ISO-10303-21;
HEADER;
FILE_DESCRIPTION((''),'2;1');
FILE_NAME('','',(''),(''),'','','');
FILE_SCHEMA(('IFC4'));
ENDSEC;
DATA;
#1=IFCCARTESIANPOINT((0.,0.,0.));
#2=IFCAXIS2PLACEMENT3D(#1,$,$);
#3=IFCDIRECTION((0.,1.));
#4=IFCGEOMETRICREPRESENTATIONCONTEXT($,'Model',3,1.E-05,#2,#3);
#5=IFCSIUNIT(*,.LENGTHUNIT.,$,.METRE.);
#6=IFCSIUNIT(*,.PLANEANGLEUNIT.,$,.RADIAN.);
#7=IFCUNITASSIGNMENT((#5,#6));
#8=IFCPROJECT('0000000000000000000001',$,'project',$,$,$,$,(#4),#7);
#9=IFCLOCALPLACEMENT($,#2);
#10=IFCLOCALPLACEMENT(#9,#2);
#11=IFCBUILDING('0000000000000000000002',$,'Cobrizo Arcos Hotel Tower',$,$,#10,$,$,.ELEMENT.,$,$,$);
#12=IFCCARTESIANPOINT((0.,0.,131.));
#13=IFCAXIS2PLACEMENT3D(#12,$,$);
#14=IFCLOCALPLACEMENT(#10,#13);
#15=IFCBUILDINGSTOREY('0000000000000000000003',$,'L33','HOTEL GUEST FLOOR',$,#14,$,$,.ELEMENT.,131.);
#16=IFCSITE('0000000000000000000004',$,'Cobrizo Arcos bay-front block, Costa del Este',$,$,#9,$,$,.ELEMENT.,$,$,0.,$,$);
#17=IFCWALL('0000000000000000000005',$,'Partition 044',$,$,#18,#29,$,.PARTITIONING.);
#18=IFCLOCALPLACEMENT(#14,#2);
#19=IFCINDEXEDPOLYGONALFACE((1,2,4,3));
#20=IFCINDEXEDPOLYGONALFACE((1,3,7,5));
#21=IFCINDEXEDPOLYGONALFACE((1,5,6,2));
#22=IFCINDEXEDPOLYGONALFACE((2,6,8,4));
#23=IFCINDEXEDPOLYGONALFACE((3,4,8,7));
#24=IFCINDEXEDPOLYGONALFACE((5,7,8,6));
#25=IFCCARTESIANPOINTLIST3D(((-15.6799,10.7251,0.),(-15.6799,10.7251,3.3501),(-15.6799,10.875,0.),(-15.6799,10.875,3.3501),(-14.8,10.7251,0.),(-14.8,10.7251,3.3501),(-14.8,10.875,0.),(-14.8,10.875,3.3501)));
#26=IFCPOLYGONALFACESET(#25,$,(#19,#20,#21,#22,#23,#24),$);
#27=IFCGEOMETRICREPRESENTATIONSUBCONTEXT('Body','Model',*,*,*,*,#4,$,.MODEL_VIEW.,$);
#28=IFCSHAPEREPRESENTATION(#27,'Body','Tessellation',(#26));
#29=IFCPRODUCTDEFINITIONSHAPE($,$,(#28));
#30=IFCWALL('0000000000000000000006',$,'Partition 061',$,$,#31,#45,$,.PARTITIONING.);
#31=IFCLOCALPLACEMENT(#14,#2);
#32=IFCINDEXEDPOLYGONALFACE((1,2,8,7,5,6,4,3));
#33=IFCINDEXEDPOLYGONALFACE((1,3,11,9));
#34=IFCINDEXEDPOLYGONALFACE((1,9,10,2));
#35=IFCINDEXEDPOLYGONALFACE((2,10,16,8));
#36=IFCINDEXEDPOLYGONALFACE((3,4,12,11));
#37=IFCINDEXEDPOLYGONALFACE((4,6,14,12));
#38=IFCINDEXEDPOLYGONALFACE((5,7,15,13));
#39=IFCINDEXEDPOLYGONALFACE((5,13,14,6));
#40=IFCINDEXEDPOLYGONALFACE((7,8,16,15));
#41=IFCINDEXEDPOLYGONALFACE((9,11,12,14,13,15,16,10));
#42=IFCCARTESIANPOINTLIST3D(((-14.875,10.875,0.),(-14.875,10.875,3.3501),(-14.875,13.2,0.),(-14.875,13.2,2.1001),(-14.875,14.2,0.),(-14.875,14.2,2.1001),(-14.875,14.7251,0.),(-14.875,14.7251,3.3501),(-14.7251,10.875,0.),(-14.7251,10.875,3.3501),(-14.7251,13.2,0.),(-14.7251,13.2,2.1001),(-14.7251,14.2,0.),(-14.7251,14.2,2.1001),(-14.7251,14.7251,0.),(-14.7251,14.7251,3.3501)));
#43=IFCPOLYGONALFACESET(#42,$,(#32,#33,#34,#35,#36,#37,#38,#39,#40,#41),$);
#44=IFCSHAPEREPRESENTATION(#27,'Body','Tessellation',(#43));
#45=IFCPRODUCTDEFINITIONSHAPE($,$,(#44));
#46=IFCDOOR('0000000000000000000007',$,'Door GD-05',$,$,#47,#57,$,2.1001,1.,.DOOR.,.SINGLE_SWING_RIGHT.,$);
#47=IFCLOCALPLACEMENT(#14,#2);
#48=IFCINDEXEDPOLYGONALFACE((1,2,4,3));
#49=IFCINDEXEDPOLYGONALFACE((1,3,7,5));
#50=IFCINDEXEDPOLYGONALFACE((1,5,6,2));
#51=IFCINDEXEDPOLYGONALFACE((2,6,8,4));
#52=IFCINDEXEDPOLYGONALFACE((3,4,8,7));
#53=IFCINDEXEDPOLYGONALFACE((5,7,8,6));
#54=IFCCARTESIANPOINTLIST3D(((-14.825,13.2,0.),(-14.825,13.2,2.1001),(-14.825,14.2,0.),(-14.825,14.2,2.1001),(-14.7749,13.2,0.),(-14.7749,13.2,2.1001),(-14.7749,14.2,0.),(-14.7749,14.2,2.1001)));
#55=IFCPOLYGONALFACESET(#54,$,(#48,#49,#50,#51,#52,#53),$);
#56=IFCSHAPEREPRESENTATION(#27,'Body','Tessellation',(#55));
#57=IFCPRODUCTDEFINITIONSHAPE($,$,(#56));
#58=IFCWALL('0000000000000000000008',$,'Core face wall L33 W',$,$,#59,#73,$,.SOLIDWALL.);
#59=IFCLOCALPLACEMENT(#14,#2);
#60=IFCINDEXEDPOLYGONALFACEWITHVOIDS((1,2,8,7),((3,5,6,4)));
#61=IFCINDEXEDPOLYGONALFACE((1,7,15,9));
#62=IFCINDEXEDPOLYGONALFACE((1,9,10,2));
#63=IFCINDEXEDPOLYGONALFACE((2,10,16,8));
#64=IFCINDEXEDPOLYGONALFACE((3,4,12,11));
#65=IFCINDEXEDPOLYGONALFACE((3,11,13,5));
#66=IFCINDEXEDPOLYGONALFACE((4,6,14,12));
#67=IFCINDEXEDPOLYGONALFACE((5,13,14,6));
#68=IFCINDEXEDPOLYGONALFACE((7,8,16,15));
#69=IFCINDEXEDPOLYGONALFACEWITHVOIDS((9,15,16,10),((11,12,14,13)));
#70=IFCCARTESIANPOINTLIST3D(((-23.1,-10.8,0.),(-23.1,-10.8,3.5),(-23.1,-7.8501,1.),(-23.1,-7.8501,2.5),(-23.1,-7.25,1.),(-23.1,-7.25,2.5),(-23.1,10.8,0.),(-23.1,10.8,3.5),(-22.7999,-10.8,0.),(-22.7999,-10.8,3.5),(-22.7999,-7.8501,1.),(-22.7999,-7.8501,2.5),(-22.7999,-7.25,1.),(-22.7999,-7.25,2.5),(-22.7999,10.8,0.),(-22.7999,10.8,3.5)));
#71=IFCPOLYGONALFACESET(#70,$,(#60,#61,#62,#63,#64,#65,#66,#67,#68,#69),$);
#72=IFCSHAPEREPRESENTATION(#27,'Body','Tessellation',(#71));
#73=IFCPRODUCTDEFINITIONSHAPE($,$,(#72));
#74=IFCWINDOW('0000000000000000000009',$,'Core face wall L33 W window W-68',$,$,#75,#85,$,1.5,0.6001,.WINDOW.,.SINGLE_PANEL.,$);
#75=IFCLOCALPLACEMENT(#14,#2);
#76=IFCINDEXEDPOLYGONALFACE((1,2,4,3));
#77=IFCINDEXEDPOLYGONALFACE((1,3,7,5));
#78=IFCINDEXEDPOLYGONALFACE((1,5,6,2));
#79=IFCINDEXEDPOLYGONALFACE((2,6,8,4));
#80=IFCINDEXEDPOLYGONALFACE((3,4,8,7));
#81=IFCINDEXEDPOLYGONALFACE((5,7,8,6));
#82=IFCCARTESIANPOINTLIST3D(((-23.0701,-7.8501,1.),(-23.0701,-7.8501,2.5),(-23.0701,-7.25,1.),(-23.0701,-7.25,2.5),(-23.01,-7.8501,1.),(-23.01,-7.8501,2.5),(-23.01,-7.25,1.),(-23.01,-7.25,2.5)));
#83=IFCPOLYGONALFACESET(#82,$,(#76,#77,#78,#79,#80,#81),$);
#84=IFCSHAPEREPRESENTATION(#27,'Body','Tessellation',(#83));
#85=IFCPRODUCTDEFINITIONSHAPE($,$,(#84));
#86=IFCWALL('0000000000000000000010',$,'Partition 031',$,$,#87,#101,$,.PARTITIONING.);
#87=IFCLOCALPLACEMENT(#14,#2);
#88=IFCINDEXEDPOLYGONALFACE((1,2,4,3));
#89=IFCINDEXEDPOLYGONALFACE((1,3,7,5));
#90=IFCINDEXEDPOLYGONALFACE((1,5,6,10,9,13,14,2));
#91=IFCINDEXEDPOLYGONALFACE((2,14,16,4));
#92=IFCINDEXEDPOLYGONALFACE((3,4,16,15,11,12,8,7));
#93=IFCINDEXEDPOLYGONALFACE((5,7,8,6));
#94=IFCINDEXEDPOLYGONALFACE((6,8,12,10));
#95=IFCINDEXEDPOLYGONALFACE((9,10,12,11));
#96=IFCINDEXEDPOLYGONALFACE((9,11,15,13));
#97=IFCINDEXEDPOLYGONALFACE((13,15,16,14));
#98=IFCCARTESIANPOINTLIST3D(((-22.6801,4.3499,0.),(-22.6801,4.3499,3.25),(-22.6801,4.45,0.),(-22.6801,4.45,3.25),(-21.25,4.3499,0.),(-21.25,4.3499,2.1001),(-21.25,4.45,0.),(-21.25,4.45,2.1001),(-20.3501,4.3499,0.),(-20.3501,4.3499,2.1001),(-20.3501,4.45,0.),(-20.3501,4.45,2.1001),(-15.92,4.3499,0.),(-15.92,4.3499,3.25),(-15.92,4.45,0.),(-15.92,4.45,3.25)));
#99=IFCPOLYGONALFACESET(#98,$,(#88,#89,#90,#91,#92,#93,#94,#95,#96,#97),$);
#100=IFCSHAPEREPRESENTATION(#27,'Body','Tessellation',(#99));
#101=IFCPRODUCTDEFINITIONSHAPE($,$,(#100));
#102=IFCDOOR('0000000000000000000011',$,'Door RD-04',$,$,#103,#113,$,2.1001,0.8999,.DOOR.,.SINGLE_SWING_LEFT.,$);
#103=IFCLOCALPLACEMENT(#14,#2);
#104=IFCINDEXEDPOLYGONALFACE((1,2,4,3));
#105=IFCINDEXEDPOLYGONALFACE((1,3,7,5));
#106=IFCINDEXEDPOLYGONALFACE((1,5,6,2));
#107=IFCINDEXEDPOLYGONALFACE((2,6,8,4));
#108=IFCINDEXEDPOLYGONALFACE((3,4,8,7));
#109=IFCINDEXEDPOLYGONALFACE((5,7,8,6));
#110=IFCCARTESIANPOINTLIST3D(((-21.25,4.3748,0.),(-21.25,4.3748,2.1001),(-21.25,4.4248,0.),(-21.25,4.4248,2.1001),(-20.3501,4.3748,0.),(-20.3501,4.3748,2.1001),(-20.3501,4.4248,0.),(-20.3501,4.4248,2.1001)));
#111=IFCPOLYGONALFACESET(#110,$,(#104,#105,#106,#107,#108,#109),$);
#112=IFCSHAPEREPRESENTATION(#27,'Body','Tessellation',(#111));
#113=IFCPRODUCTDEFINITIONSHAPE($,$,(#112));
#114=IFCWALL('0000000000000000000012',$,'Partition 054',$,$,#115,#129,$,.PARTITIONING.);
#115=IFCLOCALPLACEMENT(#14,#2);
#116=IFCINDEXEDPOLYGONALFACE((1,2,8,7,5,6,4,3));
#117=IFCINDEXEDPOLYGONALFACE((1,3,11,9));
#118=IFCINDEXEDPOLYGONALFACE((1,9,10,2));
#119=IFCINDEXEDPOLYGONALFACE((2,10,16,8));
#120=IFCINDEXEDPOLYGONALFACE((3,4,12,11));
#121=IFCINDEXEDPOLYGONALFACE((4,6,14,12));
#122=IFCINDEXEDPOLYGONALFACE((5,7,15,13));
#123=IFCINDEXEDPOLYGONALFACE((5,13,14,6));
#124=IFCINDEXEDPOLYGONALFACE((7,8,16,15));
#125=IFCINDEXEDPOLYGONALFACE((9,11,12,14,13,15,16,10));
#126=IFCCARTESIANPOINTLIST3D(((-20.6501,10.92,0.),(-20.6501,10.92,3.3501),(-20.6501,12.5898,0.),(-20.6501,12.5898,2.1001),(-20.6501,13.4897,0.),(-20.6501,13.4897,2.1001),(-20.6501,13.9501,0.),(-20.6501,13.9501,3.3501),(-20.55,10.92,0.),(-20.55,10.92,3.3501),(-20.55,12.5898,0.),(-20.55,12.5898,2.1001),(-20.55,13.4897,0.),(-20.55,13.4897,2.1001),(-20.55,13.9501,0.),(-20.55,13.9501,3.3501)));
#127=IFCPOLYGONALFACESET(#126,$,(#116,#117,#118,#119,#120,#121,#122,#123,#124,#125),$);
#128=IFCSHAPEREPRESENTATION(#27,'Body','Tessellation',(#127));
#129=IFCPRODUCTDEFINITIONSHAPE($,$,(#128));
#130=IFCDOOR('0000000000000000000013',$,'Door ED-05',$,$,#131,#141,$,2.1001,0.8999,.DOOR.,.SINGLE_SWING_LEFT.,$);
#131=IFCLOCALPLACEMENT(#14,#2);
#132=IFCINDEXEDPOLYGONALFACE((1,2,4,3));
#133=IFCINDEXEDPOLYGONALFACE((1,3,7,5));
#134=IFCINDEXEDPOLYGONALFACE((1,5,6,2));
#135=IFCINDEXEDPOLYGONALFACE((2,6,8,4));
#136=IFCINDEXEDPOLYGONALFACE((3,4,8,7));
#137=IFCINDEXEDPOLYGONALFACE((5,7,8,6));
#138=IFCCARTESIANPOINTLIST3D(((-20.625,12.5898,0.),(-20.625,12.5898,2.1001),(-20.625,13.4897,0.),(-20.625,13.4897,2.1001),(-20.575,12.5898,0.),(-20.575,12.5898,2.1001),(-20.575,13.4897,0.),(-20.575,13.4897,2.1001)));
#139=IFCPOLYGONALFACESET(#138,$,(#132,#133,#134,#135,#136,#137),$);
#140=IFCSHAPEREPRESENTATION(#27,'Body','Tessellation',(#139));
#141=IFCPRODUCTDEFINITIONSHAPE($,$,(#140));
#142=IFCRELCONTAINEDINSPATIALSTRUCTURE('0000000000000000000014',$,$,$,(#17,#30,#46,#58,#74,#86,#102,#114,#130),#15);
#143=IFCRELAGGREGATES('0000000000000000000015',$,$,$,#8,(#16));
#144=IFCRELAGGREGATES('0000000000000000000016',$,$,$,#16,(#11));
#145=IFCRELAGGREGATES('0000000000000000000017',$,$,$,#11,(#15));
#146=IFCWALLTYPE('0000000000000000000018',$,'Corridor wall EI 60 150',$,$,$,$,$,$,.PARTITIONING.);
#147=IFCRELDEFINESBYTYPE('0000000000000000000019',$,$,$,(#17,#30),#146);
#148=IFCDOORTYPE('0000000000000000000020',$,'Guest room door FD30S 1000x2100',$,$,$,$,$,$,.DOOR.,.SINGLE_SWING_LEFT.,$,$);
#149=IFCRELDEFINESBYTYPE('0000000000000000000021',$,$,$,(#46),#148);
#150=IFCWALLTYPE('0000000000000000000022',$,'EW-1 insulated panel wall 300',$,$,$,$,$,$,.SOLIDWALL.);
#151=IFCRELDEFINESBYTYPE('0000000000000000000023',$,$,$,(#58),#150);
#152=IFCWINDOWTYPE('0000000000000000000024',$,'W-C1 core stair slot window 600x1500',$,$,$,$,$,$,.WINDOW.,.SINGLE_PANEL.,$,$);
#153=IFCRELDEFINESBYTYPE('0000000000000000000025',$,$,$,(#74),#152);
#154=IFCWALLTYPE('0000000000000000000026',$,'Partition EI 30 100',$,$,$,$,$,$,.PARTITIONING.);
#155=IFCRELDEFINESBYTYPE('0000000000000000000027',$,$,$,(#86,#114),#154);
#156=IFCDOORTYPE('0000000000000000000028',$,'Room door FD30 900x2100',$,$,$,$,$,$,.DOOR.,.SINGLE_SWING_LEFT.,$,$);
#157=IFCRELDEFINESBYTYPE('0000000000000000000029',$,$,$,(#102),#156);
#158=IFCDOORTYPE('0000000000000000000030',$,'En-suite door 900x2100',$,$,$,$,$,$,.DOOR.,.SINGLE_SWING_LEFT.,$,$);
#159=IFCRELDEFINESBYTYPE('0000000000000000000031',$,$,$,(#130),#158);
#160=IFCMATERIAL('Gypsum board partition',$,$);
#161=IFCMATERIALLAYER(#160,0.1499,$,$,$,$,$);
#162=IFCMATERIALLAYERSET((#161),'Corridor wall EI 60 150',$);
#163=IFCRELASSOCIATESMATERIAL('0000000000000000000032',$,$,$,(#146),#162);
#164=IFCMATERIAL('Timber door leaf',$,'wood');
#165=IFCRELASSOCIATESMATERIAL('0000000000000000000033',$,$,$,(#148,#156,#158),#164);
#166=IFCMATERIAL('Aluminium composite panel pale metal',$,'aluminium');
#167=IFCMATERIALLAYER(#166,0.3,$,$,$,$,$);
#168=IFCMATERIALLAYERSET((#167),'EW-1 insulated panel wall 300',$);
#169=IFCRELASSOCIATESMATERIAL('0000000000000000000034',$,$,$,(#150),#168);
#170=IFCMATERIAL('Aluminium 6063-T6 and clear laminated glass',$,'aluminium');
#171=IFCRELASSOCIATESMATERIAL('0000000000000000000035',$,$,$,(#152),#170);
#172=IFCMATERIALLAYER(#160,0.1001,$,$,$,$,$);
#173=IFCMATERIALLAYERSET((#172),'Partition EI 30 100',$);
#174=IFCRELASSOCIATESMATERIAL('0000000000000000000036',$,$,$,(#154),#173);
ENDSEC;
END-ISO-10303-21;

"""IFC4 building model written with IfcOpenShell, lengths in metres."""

from ifc_helpers import new_model, si_unit, direction, frame, frame_2d, origin, place, context, subcontext, project, spatial, rectangle, extrude, material, layer, layer_set, type_object, element, fill, save


model = new_model("IFC4")

# Units and contexts
model_context = context("Model", 3, precision=1e-05, world=origin(), true_north=direction((0.0, 1.0)))
body_context = subcontext(model_context, "Body", "Model", "MODEL_VIEW")
ifc_project = project(units=[si_unit("LENGTHUNIT", "METRE"), si_unit("PLANEANGLEUNIT", "RADIAN")], contexts=[model_context])

# Site, building, storey
site_placement = place(None, origin())
site = spatial("IfcSite", under=ifc_project, at=site_placement, Name="Cobrizo Arcos bay-front block, Costa del Este", CompositionType="ELEMENT", RefElevation=0.0)
building_placement = place(site_placement, origin())
building = spatial("IfcBuilding", under=site, at=building_placement, Name="Cobrizo Arcos Hotel Tower", CompositionType="ELEMENT")
storey_placement = place(building_placement, frame((0.0, 0.0, 131.0)))
storey = spatial("IfcBuildingStorey", under=building, at=storey_placement, Name="L33", Description="HOTEL GUEST FLOOR", CompositionType="ELEMENT", Elevation=131.0)

# Shared definitions
ifc_material_1 = material(Name="Aluminium composite panel pale metal", Category="aluminium")

# Wall
ifc_material_2 = material(Name="Gypsum board partition")
ifc_layer_1 = layer(ifc_material_2, 0.1499)
ifc_layer_set_1 = layer_set([ifc_layer_1], Name="Corridor wall EI 60 150")
wall_type_1 = type_object("IfcWallType", Name="Corridor wall EI 60 150", PredefinedType="PARTITIONING", material=ifc_layer_set_1)
wall_1_placement = place(storey_placement, frame((-15.6799, 10.8, 0.0), z_axis=(0.0, 0.0, 1.0), x_axis=(1.0, 0.0, 0.0)))
element("IfcWall", 1, at=wall_1_placement, inside=storey, type_object=wall_type_1, Name="Partition 044", PredefinedType="PARTITIONING", context=body_context, shape_type="SweptSolid", body=[
    extrude(rectangle(XDim=0.8799, YDim=0.1499, at=frame_2d((0.4399, 0.0))), origin(), (0.0, 0.0, 1.0), 3.3501),
])

# Wall, opening, door
wall_2_placement = place(storey_placement, frame((-14.8, 10.875, 0.0), z_axis=(0.0, 0.0, 1.0), x_axis=(0.0, 1.0, 0.0)))
wall_2 = element("IfcWall", 2, at=wall_2_placement, inside=storey, type_object=wall_type_1, Name="Partition 061", PredefinedType="PARTITIONING", context=body_context, shape_type="SweptSolid", body=[
    extrude(rectangle(XDim=3.8501, YDim=0.1499, at=frame_2d((1.925, 0.0))), origin(), (0.0, 0.0, 1.0), 3.3501),
])
opening_1_placement = place(wall_2_placement, frame((2.325, 0.0, 0.0)))
opening_1 = element("IfcOpeningElement", 3, at=opening_1_placement, cuts=wall_2, PredefinedType="OPENING", context=body_context, shape_type="SweptSolid", body=[
    extrude(rectangle(XDim=1.0, YDim=2.1001, at=frame_2d((0.5, 1.05))), frame((0.0, 0.0869, 0.0), z_axis=(0.0, -1.0, 0.0), x_axis=(1.0, 0.0, 0.0)), (0.0, 0.0, 1.0), 0.1738),
])
ifc_material_3 = material(Name="Timber door leaf", Category="wood")
door_type_1 = type_object("IfcDoorType", Name="Guest room door FD30S 1000x2100", OperationType="SINGLE_SWING_LEFT", PredefinedType="DOOR", material=ifc_material_3)
door_1_placement = place(opening_1_placement, origin())
door_1 = element("IfcDoor", 4, at=door_1_placement, inside=storey, type_object=door_type_1, Name="Door GD-05", OperationType="SINGLE_SWING_RIGHT", OverallHeight=2.1001, OverallWidth=1.0, PredefinedType="DOOR", context=body_context, shape_type="SweptSolid", body=[
    extrude(rectangle(XDim=1.0, YDim=2.1001, at=frame_2d((0.5, 1.05))), frame((0.0, 0.0249, 0.0), z_axis=(0.0, -1.0, 0.0), x_axis=(1.0, 0.0, 0.0)), (0.0, 0.0, 1.0), 0.05),
])
fill(opening_1, door_1)

# Wall, opening, window
ifc_layer_2 = layer(ifc_material_1, 0.3)
ifc_layer_set_2 = layer_set([ifc_layer_2], Name="EW-1 insulated panel wall 300")
wall_type_2 = type_object("IfcWallType", Name="EW-1 insulated panel wall 300", PredefinedType="SOLIDWALL", material=ifc_layer_set_2)
wall_3_placement = place(storey_placement, frame((-22.95, 10.8, 0.0), z_axis=(0.0, 0.0, 1.0), x_axis=(0.0, -1.0, 0.0)))
wall_3 = element("IfcWall", 5, at=wall_3_placement, inside=storey, type_object=wall_type_2, Name="Core face wall L33 W", PredefinedType="SOLIDWALL", context=body_context, shape_type="SweptSolid", body=[
    extrude(rectangle(XDim=21.6001, YDim=0.3, at=frame_2d((10.8, 0.0))), origin(), (0.0, 0.0, 1.0), 3.5),
])
opening_2_placement = place(wall_3_placement, frame((18.05, 0.0, 1.0)))
opening_2 = element("IfcOpeningElement", 6, at=opening_2_placement, cuts=wall_3, PredefinedType="OPENING", context=body_context, shape_type="SweptSolid", body=[
    extrude(rectangle(XDim=0.6001, YDim=1.5, at=frame_2d((0.3, 0.75))), frame((0.0, 0.1621, 0.0), z_axis=(0.0, -1.0, 0.0), x_axis=(1.0, 0.0, 0.0)), (0.0, 0.0, 1.0), 0.324),
])
ifc_material_4 = material(Name="Aluminium 6063-T6 and clear laminated glass", Category="aluminium")
window_type = type_object("IfcWindowType", Name="W-C1 core stair slot window 600x1500", PartitioningType="SINGLE_PANEL", PredefinedType="WINDOW", material=ifc_material_4)
window_placement = place(opening_2_placement, origin())
window = element("IfcWindow", 7, at=window_placement, inside=storey, type_object=window_type, Name="Core face wall L33 W window W-68", OverallHeight=1.5, OverallWidth=0.6001, PartitioningType="SINGLE_PANEL", PredefinedType="WINDOW", context=body_context, shape_type="SweptSolid", body=[
    extrude(rectangle(XDim=0.6001, YDim=1.5, at=frame_2d((0.3, 0.75))), frame((0.0, -0.0601, 0.0), z_axis=(0.0, -1.0, 0.0), x_axis=(1.0, 0.0, 0.0)), (0.0, 0.0, 1.0), 0.0601),
])
fill(opening_2, window)

# Walls, openings, doors
ifc_layer_3 = layer(ifc_material_2, 0.1001)
ifc_layer_set_3 = layer_set([ifc_layer_3], Name="Partition EI 30 100")
wall_type_3 = type_object("IfcWallType", Name="Partition EI 30 100", PredefinedType="PARTITIONING", material=ifc_layer_set_3)
wall_4_placement = place(storey_placement, frame((-22.6799, 4.3999, 0.0), z_axis=(0.0, 0.0, 1.0), x_axis=(1.0, 0.0, 0.0)))
wall_4 = element("IfcWall", 8, at=wall_4_placement, inside=storey, type_object=wall_type_3, Name="Partition 031", PredefinedType="PARTITIONING", context=body_context, shape_type="SweptSolid", body=[
    extrude(rectangle(XDim=6.76, YDim=0.1001, at=frame_2d((3.3799, 0.0))), origin(), (0.0, 0.0, 1.0), 3.25),
])
opening_3_placement = place(wall_4_placement, frame((1.4299, 0.0, 0.0)))
opening_3 = element("IfcOpeningElement", 9, at=opening_3_placement, cuts=wall_4, PredefinedType="OPENING", context=body_context, shape_type="SweptSolid", body=[
    extrude(rectangle(XDim=0.8999, YDim=2.1001, at=frame_2d((0.45, 1.05))), frame((0.0, 0.062, 0.0), z_axis=(0.0, -1.0, 0.0), x_axis=(1.0, 0.0, 0.0)), (0.0, 0.0, 1.0), 0.124),
])
door_type_2 = type_object("IfcDoorType", Name="Room door FD30 900x2100", OperationType="SINGLE_SWING_LEFT", PredefinedType="DOOR", material=ifc_material_3)
door_2_placement = place(opening_3_placement, origin())
door_2 = element("IfcDoor", 10, at=door_2_placement, inside=storey, type_object=door_type_2, Name="Door RD-04", OperationType="SINGLE_SWING_LEFT", OverallHeight=2.1001, OverallWidth=0.8999, PredefinedType="DOOR", context=body_context, shape_type="SweptSolid", body=[
    extrude(rectangle(XDim=0.8999, YDim=2.1001, at=frame_2d((0.45, 1.05))), frame((0.0, 0.0249, 0.0), z_axis=(0.0, -1.0, 0.0), x_axis=(1.0, 0.0, 0.0)), (0.0, 0.0, 1.0), 0.05),
])
fill(opening_3, door_2)
wall_5_placement = place(storey_placement, frame((-20.6001, 10.9199, 0.0), z_axis=(0.0, 0.0, 1.0), x_axis=(0.0, 1.0, 0.0)))
wall_5 = element("IfcWall", 11, at=wall_5_placement, inside=storey, type_object=wall_type_3, Name="Partition 054", PredefinedType="PARTITIONING", context=body_context, shape_type="SweptSolid", body=[
    extrude(rectangle(XDim=3.03, YDim=0.1001, at=frame_2d((1.5151, 0.0))), origin(), (0.0, 0.0, 1.0), 3.3501),
])
opening_4_placement = place(wall_5_placement, frame((1.6699, 0.0, 0.0)))
opening_4 = element("IfcOpeningElement", 12, at=opening_4_placement, cuts=wall_5, PredefinedType="OPENING", context=body_context, shape_type="SweptSolid", body=[
    extrude(rectangle(XDim=0.8999, YDim=2.1001, at=frame_2d((0.45, 1.05))), frame((0.0, 0.062, 0.0), z_axis=(0.0, -1.0, 0.0), x_axis=(1.0, 0.0, 0.0)), (0.0, 0.0, 1.0), 0.124),
])
door_type_3 = type_object("IfcDoorType", Name="En-suite door 900x2100", OperationType="SINGLE_SWING_LEFT", PredefinedType="DOOR", material=ifc_material_3)
door_3_placement = place(opening_4_placement, origin())
door_3 = element("IfcDoor", 13, at=door_3_placement, inside=storey, type_object=door_type_3, Name="Door ED-05", OperationType="SINGLE_SWING_LEFT", OverallHeight=2.1001, OverallWidth=0.8999, PredefinedType="DOOR", context=body_context, shape_type="SweptSolid", body=[
    extrude(rectangle(XDim=0.8999, YDim=2.1001, at=frame_2d((0.45, 1.05))), frame((0.0, 0.0249, 0.0), z_axis=(0.0, -1.0, 0.0), x_axis=(1.0, 0.0, 0.0)), (0.0, 0.0, 1.0), 0.05),
])
fill(opening_4, door_3)

save(model, "model.ifc")
